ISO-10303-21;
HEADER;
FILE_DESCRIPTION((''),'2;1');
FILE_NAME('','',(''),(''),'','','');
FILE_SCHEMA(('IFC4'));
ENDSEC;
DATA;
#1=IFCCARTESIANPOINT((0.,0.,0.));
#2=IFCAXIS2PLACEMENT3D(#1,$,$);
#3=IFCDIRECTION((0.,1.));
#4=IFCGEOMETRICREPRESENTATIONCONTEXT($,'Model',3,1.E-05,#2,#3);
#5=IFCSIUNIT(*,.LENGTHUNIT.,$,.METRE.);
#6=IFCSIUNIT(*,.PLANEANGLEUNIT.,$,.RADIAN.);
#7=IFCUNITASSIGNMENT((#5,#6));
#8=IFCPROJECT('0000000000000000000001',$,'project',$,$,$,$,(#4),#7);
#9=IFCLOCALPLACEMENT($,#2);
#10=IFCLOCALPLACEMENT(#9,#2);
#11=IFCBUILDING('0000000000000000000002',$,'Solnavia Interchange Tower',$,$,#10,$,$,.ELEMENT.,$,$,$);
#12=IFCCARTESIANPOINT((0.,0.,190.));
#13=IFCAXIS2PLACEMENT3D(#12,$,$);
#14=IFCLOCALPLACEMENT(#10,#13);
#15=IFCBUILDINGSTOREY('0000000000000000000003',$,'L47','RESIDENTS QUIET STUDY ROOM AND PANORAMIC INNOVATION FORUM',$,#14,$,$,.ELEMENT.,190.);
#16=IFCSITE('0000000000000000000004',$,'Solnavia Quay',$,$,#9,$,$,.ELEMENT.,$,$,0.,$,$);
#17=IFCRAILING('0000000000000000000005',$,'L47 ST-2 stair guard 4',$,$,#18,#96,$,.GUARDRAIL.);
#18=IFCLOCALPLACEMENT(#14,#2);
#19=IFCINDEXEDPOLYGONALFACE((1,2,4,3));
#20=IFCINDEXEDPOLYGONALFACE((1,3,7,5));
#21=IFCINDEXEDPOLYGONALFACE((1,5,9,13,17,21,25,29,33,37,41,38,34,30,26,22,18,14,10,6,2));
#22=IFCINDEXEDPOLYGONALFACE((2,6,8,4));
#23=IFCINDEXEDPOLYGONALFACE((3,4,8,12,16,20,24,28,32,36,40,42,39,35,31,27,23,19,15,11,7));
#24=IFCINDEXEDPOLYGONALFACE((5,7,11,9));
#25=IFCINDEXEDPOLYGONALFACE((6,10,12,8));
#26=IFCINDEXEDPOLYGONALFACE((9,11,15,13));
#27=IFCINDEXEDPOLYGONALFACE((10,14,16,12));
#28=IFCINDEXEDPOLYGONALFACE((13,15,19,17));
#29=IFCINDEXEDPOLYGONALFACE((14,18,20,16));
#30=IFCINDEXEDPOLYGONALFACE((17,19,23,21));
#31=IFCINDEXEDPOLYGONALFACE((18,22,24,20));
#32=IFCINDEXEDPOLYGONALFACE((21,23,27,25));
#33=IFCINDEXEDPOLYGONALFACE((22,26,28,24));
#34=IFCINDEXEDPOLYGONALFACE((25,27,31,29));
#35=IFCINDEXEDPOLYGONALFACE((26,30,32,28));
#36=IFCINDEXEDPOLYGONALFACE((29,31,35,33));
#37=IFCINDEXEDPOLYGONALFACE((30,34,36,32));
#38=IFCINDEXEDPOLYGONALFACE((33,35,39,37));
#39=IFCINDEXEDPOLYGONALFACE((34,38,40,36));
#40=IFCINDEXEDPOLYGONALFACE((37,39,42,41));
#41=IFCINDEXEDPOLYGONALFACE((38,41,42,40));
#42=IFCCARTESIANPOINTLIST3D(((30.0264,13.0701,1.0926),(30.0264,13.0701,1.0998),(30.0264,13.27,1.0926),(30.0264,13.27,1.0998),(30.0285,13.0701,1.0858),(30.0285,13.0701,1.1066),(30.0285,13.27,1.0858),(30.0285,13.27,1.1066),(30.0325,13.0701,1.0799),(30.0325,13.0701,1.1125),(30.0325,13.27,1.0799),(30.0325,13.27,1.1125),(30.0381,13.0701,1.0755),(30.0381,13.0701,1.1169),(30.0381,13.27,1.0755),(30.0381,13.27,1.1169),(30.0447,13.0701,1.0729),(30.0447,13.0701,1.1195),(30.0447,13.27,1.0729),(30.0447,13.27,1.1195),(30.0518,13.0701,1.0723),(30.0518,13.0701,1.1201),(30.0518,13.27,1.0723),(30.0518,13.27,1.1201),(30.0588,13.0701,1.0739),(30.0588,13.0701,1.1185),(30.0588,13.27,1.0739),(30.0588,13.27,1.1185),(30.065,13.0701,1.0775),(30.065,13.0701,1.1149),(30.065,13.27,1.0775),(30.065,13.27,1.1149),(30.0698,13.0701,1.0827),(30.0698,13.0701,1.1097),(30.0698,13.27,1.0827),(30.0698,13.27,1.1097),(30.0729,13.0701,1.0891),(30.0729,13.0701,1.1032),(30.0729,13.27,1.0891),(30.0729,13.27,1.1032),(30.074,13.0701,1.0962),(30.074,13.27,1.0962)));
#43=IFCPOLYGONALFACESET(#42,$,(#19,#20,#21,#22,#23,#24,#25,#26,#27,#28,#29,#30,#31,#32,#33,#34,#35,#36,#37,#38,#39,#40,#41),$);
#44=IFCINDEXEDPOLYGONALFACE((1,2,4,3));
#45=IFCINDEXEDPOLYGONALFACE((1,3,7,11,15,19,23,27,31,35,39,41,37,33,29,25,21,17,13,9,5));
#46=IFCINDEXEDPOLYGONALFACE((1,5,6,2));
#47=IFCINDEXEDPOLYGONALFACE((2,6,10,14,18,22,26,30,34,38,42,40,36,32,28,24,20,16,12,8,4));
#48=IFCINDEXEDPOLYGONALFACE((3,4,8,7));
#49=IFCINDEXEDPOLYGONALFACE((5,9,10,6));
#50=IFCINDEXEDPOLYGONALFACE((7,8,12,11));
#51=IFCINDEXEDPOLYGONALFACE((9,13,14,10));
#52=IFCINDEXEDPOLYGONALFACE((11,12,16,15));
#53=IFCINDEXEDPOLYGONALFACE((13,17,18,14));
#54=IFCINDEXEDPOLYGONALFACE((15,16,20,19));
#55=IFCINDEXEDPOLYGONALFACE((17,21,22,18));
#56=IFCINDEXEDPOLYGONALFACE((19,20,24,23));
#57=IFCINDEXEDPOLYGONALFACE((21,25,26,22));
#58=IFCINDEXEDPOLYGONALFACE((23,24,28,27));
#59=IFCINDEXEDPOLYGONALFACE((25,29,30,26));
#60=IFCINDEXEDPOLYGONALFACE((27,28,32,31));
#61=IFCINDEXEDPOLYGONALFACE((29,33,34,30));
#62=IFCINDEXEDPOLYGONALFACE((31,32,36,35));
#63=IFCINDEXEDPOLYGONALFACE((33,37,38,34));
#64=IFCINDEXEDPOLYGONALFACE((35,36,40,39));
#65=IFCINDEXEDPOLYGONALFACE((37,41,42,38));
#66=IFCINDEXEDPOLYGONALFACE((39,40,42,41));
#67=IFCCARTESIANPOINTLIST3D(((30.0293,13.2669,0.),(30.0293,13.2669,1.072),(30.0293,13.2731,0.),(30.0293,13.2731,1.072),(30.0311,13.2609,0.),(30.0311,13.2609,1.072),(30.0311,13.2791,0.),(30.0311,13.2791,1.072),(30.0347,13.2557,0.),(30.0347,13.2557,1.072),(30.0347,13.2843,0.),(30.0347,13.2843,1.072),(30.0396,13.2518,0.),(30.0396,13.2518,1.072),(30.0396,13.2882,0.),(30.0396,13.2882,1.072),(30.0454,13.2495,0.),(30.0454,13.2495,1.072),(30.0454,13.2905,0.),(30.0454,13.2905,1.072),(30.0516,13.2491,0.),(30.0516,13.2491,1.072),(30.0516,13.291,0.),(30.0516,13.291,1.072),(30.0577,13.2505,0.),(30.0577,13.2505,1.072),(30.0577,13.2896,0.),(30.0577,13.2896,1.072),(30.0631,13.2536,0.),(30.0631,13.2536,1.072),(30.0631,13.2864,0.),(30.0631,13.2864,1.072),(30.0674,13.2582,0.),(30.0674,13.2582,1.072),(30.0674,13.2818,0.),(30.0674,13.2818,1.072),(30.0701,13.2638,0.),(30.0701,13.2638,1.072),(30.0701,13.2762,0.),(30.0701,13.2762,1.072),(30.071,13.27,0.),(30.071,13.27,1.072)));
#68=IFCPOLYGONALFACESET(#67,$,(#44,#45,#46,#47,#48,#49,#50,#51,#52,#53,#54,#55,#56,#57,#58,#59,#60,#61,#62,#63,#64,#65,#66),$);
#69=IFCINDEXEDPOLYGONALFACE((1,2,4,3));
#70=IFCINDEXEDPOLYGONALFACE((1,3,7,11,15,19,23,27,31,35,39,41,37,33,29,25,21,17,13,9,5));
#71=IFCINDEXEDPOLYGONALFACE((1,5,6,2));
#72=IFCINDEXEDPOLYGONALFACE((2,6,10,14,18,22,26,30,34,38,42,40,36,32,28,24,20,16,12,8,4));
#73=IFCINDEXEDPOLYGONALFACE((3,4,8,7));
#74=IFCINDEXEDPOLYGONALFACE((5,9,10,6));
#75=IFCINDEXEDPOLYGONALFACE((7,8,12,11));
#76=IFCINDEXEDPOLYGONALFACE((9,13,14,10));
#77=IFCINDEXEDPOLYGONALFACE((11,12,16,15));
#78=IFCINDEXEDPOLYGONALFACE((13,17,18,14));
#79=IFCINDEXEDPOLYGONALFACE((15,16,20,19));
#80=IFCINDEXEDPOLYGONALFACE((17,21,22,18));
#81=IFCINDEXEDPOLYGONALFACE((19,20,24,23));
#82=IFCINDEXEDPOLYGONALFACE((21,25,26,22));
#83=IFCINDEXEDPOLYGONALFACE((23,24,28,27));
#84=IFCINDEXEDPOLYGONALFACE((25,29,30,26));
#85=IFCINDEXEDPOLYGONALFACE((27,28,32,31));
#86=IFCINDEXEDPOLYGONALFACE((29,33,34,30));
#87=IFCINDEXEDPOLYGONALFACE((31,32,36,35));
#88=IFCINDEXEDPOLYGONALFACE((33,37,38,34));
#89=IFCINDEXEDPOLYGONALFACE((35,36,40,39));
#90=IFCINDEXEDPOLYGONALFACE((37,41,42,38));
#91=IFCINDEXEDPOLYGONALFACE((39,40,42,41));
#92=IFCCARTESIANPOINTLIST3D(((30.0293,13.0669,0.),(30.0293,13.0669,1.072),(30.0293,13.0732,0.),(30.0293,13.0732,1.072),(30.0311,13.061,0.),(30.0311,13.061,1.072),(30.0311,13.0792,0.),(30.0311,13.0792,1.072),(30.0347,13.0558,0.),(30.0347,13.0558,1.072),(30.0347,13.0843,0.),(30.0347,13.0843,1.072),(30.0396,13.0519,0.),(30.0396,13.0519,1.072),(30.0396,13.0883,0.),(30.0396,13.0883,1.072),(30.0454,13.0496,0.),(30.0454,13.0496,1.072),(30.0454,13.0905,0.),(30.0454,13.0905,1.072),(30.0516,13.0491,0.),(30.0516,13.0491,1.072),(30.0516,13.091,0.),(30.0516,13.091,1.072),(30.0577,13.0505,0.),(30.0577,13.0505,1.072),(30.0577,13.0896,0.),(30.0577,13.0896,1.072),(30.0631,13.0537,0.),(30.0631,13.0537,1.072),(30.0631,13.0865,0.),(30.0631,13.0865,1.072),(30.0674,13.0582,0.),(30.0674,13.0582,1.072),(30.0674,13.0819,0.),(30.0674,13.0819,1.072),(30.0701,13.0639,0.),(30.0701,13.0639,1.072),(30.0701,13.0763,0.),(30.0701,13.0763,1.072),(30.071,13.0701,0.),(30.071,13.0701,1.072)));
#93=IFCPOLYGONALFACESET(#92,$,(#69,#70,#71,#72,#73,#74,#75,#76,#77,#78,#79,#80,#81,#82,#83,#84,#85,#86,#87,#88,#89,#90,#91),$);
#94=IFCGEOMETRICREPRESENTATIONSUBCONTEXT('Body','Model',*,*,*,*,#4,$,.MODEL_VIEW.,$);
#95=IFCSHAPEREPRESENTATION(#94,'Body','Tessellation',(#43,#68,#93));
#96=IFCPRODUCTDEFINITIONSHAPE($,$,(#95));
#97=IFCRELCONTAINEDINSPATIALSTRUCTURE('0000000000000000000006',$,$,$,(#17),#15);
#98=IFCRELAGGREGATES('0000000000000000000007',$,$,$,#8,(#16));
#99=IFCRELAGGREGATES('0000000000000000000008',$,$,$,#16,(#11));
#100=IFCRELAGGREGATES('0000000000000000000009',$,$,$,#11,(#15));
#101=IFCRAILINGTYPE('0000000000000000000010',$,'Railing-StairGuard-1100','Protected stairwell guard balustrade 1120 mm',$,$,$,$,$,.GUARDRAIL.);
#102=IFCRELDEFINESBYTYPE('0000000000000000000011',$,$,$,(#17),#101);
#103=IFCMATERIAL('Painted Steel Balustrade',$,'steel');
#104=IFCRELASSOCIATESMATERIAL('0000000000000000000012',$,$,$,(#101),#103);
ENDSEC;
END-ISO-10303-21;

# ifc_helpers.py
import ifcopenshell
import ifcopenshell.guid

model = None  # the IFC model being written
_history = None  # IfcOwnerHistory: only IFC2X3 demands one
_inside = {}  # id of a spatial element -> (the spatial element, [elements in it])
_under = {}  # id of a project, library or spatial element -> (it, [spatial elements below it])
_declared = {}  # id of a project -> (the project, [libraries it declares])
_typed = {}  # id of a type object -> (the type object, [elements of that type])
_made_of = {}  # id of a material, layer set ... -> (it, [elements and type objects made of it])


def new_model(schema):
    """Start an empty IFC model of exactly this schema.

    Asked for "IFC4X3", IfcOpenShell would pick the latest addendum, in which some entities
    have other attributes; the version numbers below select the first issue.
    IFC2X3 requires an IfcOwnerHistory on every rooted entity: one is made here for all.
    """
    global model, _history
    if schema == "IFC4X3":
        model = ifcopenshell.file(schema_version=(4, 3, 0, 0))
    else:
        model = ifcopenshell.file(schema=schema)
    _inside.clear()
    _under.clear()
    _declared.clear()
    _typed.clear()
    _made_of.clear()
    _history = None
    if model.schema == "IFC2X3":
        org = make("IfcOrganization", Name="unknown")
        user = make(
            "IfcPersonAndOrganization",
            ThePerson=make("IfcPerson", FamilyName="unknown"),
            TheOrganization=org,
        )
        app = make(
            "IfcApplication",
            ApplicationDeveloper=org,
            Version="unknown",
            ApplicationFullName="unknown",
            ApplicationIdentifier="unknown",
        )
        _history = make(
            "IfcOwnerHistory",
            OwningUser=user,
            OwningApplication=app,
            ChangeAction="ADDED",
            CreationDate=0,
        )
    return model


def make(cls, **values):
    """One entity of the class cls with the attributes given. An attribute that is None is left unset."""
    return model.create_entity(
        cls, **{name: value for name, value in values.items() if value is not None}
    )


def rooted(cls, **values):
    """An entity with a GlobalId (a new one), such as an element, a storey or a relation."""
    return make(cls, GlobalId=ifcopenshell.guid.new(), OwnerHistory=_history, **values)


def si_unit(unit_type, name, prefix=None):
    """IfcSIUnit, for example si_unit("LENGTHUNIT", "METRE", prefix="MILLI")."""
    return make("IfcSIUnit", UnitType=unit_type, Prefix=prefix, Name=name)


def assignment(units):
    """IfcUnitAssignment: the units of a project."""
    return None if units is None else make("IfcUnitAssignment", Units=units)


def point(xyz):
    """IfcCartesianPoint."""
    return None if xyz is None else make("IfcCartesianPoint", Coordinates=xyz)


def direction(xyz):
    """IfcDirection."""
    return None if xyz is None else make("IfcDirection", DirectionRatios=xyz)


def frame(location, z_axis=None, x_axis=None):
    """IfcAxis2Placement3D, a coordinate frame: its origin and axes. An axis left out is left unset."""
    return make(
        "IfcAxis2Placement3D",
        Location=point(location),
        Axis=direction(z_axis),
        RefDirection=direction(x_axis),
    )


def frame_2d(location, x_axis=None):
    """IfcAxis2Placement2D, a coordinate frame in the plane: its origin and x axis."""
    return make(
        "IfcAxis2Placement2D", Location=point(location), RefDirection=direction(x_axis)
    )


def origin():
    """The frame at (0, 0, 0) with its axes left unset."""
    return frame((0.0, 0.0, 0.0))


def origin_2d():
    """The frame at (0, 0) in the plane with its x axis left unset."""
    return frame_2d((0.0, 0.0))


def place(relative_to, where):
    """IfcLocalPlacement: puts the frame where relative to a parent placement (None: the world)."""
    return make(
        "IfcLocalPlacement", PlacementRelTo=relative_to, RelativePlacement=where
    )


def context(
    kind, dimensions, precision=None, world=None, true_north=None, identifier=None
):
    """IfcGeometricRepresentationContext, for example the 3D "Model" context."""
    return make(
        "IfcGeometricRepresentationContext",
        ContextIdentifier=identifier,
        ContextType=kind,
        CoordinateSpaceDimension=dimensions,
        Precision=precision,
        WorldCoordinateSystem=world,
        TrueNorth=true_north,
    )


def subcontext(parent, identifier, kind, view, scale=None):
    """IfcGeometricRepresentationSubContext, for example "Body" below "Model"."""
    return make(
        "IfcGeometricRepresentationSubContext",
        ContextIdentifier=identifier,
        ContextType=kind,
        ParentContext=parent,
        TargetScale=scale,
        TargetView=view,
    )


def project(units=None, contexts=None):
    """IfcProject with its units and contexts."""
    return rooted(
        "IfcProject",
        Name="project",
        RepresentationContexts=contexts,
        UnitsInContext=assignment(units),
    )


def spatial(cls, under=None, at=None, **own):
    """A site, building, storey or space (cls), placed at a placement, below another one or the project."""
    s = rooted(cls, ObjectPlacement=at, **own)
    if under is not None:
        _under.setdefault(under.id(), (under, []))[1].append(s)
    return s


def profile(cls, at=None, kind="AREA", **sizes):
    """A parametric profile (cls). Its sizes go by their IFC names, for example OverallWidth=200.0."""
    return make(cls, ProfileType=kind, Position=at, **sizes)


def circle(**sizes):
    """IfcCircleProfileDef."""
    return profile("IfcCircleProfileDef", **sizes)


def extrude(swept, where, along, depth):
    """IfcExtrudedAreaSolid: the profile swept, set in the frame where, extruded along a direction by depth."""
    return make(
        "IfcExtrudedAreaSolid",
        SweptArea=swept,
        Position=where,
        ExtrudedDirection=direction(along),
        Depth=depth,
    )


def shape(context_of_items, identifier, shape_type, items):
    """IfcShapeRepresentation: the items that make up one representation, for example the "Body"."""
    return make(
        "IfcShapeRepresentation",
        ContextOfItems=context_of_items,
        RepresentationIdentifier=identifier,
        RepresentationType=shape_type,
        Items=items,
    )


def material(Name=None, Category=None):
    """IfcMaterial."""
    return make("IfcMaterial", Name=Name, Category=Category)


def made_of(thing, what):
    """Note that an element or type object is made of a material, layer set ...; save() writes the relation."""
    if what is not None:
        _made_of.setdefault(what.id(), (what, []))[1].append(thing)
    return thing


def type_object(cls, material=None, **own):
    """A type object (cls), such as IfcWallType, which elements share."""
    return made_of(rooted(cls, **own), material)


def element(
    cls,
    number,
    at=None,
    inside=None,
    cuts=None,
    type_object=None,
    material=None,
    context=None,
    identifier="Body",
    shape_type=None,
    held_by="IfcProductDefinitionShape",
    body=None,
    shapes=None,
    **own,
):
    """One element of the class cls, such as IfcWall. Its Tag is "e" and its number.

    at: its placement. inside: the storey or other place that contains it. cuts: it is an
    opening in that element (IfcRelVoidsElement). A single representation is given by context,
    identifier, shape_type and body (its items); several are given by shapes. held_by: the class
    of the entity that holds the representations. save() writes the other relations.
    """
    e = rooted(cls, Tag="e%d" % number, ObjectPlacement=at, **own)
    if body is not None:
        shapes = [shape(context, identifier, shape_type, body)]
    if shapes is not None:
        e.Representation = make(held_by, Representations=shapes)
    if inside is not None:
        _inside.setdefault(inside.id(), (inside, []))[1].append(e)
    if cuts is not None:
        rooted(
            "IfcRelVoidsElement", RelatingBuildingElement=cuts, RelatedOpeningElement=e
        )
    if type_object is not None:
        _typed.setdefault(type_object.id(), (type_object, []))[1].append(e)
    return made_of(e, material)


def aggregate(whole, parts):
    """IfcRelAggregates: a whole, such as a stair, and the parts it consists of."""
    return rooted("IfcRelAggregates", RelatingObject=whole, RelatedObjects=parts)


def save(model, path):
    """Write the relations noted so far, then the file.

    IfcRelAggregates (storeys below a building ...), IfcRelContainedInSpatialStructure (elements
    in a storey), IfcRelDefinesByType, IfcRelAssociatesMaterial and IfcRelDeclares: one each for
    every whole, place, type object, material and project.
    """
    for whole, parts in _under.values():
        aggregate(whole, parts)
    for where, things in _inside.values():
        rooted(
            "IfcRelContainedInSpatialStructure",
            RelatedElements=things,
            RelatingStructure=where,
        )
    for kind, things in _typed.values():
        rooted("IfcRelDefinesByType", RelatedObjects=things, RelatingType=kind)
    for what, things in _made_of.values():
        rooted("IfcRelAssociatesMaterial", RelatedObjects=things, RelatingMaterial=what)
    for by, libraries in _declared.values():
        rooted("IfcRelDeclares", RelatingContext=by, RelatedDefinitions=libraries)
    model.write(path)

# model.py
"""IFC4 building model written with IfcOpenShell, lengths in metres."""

from ifc_helpers import new_model, si_unit, direction, frame, origin, origin_2d, place, context, subcontext, project, spatial, circle, extrude, material, type_object, element, save


model = new_model("IFC4")

# Units and contexts
model_context = context("Model", 3, precision=1e-05, world=origin(), true_north=direction((0.0, 1.0)))
body_context = subcontext(model_context, "Body", "Model", "MODEL_VIEW")
ifc_project = project(units=[si_unit("LENGTHUNIT", "METRE"), si_unit("PLANEANGLEUNIT", "RADIAN")], contexts=[model_context])

# Site, building, storey
site_placement = place(None, origin())
site = spatial("IfcSite", under=ifc_project, at=site_placement, Name="Solnavia Quay", CompositionType="ELEMENT", RefElevation=0.0)
building_placement = place(site_placement, origin())
building = spatial("IfcBuilding", under=site, at=building_placement, Name="Solnavia Interchange Tower", CompositionType="ELEMENT")
storey_placement = place(building_placement, frame((0.0, 0.0, 190.0)))
storey = spatial("IfcBuildingStorey", under=building, at=storey_placement, Name="L47", Description="RESIDENTS QUIET STUDY ROOM AND PANORAMIC INNOVATION FORUM", CompositionType="ELEMENT", Elevation=190.0)

# Railing
ifc_material_1 = material(Name="Painted Steel Balustrade", Category="steel")
railing_type_1 = type_object("IfcRailingType", Name="Railing-StairGuard-1100", Description="Protected stairwell guard balustrade 1120 mm", PredefinedType="GUARDRAIL", material=ifc_material_1)
railing_1_placement = place(storey_placement, frame((30.05, 13.27, 0.0)))
element("IfcRailing", 1, at=railing_1_placement, inside=storey, type_object=railing_type_1, Name="L47 ST-2 stair guard 4", PredefinedType="GUARDRAIL", context=body_context, shape_type="SweptSolid", body=[
    extrude(circle(Radius=0.0239, at=origin_2d()), frame((0.0, 0.0, 1.0962), z_axis=(0.0, -1.0, 0.0), x_axis=(1.0, 0.0, 0.0)), (0.0, 0.0, 1.0), 0.2),
    extrude(circle(Radius=0.021, at=origin_2d()), origin(), (0.0, 0.0, 1.0), 1.072),
    extrude(circle(Radius=0.021, at=origin_2d()), frame((0.0, -0.2, 0.0)), (0.0, 0.0, 1.0), 1.072),
])

save(model, "model.ifc")
